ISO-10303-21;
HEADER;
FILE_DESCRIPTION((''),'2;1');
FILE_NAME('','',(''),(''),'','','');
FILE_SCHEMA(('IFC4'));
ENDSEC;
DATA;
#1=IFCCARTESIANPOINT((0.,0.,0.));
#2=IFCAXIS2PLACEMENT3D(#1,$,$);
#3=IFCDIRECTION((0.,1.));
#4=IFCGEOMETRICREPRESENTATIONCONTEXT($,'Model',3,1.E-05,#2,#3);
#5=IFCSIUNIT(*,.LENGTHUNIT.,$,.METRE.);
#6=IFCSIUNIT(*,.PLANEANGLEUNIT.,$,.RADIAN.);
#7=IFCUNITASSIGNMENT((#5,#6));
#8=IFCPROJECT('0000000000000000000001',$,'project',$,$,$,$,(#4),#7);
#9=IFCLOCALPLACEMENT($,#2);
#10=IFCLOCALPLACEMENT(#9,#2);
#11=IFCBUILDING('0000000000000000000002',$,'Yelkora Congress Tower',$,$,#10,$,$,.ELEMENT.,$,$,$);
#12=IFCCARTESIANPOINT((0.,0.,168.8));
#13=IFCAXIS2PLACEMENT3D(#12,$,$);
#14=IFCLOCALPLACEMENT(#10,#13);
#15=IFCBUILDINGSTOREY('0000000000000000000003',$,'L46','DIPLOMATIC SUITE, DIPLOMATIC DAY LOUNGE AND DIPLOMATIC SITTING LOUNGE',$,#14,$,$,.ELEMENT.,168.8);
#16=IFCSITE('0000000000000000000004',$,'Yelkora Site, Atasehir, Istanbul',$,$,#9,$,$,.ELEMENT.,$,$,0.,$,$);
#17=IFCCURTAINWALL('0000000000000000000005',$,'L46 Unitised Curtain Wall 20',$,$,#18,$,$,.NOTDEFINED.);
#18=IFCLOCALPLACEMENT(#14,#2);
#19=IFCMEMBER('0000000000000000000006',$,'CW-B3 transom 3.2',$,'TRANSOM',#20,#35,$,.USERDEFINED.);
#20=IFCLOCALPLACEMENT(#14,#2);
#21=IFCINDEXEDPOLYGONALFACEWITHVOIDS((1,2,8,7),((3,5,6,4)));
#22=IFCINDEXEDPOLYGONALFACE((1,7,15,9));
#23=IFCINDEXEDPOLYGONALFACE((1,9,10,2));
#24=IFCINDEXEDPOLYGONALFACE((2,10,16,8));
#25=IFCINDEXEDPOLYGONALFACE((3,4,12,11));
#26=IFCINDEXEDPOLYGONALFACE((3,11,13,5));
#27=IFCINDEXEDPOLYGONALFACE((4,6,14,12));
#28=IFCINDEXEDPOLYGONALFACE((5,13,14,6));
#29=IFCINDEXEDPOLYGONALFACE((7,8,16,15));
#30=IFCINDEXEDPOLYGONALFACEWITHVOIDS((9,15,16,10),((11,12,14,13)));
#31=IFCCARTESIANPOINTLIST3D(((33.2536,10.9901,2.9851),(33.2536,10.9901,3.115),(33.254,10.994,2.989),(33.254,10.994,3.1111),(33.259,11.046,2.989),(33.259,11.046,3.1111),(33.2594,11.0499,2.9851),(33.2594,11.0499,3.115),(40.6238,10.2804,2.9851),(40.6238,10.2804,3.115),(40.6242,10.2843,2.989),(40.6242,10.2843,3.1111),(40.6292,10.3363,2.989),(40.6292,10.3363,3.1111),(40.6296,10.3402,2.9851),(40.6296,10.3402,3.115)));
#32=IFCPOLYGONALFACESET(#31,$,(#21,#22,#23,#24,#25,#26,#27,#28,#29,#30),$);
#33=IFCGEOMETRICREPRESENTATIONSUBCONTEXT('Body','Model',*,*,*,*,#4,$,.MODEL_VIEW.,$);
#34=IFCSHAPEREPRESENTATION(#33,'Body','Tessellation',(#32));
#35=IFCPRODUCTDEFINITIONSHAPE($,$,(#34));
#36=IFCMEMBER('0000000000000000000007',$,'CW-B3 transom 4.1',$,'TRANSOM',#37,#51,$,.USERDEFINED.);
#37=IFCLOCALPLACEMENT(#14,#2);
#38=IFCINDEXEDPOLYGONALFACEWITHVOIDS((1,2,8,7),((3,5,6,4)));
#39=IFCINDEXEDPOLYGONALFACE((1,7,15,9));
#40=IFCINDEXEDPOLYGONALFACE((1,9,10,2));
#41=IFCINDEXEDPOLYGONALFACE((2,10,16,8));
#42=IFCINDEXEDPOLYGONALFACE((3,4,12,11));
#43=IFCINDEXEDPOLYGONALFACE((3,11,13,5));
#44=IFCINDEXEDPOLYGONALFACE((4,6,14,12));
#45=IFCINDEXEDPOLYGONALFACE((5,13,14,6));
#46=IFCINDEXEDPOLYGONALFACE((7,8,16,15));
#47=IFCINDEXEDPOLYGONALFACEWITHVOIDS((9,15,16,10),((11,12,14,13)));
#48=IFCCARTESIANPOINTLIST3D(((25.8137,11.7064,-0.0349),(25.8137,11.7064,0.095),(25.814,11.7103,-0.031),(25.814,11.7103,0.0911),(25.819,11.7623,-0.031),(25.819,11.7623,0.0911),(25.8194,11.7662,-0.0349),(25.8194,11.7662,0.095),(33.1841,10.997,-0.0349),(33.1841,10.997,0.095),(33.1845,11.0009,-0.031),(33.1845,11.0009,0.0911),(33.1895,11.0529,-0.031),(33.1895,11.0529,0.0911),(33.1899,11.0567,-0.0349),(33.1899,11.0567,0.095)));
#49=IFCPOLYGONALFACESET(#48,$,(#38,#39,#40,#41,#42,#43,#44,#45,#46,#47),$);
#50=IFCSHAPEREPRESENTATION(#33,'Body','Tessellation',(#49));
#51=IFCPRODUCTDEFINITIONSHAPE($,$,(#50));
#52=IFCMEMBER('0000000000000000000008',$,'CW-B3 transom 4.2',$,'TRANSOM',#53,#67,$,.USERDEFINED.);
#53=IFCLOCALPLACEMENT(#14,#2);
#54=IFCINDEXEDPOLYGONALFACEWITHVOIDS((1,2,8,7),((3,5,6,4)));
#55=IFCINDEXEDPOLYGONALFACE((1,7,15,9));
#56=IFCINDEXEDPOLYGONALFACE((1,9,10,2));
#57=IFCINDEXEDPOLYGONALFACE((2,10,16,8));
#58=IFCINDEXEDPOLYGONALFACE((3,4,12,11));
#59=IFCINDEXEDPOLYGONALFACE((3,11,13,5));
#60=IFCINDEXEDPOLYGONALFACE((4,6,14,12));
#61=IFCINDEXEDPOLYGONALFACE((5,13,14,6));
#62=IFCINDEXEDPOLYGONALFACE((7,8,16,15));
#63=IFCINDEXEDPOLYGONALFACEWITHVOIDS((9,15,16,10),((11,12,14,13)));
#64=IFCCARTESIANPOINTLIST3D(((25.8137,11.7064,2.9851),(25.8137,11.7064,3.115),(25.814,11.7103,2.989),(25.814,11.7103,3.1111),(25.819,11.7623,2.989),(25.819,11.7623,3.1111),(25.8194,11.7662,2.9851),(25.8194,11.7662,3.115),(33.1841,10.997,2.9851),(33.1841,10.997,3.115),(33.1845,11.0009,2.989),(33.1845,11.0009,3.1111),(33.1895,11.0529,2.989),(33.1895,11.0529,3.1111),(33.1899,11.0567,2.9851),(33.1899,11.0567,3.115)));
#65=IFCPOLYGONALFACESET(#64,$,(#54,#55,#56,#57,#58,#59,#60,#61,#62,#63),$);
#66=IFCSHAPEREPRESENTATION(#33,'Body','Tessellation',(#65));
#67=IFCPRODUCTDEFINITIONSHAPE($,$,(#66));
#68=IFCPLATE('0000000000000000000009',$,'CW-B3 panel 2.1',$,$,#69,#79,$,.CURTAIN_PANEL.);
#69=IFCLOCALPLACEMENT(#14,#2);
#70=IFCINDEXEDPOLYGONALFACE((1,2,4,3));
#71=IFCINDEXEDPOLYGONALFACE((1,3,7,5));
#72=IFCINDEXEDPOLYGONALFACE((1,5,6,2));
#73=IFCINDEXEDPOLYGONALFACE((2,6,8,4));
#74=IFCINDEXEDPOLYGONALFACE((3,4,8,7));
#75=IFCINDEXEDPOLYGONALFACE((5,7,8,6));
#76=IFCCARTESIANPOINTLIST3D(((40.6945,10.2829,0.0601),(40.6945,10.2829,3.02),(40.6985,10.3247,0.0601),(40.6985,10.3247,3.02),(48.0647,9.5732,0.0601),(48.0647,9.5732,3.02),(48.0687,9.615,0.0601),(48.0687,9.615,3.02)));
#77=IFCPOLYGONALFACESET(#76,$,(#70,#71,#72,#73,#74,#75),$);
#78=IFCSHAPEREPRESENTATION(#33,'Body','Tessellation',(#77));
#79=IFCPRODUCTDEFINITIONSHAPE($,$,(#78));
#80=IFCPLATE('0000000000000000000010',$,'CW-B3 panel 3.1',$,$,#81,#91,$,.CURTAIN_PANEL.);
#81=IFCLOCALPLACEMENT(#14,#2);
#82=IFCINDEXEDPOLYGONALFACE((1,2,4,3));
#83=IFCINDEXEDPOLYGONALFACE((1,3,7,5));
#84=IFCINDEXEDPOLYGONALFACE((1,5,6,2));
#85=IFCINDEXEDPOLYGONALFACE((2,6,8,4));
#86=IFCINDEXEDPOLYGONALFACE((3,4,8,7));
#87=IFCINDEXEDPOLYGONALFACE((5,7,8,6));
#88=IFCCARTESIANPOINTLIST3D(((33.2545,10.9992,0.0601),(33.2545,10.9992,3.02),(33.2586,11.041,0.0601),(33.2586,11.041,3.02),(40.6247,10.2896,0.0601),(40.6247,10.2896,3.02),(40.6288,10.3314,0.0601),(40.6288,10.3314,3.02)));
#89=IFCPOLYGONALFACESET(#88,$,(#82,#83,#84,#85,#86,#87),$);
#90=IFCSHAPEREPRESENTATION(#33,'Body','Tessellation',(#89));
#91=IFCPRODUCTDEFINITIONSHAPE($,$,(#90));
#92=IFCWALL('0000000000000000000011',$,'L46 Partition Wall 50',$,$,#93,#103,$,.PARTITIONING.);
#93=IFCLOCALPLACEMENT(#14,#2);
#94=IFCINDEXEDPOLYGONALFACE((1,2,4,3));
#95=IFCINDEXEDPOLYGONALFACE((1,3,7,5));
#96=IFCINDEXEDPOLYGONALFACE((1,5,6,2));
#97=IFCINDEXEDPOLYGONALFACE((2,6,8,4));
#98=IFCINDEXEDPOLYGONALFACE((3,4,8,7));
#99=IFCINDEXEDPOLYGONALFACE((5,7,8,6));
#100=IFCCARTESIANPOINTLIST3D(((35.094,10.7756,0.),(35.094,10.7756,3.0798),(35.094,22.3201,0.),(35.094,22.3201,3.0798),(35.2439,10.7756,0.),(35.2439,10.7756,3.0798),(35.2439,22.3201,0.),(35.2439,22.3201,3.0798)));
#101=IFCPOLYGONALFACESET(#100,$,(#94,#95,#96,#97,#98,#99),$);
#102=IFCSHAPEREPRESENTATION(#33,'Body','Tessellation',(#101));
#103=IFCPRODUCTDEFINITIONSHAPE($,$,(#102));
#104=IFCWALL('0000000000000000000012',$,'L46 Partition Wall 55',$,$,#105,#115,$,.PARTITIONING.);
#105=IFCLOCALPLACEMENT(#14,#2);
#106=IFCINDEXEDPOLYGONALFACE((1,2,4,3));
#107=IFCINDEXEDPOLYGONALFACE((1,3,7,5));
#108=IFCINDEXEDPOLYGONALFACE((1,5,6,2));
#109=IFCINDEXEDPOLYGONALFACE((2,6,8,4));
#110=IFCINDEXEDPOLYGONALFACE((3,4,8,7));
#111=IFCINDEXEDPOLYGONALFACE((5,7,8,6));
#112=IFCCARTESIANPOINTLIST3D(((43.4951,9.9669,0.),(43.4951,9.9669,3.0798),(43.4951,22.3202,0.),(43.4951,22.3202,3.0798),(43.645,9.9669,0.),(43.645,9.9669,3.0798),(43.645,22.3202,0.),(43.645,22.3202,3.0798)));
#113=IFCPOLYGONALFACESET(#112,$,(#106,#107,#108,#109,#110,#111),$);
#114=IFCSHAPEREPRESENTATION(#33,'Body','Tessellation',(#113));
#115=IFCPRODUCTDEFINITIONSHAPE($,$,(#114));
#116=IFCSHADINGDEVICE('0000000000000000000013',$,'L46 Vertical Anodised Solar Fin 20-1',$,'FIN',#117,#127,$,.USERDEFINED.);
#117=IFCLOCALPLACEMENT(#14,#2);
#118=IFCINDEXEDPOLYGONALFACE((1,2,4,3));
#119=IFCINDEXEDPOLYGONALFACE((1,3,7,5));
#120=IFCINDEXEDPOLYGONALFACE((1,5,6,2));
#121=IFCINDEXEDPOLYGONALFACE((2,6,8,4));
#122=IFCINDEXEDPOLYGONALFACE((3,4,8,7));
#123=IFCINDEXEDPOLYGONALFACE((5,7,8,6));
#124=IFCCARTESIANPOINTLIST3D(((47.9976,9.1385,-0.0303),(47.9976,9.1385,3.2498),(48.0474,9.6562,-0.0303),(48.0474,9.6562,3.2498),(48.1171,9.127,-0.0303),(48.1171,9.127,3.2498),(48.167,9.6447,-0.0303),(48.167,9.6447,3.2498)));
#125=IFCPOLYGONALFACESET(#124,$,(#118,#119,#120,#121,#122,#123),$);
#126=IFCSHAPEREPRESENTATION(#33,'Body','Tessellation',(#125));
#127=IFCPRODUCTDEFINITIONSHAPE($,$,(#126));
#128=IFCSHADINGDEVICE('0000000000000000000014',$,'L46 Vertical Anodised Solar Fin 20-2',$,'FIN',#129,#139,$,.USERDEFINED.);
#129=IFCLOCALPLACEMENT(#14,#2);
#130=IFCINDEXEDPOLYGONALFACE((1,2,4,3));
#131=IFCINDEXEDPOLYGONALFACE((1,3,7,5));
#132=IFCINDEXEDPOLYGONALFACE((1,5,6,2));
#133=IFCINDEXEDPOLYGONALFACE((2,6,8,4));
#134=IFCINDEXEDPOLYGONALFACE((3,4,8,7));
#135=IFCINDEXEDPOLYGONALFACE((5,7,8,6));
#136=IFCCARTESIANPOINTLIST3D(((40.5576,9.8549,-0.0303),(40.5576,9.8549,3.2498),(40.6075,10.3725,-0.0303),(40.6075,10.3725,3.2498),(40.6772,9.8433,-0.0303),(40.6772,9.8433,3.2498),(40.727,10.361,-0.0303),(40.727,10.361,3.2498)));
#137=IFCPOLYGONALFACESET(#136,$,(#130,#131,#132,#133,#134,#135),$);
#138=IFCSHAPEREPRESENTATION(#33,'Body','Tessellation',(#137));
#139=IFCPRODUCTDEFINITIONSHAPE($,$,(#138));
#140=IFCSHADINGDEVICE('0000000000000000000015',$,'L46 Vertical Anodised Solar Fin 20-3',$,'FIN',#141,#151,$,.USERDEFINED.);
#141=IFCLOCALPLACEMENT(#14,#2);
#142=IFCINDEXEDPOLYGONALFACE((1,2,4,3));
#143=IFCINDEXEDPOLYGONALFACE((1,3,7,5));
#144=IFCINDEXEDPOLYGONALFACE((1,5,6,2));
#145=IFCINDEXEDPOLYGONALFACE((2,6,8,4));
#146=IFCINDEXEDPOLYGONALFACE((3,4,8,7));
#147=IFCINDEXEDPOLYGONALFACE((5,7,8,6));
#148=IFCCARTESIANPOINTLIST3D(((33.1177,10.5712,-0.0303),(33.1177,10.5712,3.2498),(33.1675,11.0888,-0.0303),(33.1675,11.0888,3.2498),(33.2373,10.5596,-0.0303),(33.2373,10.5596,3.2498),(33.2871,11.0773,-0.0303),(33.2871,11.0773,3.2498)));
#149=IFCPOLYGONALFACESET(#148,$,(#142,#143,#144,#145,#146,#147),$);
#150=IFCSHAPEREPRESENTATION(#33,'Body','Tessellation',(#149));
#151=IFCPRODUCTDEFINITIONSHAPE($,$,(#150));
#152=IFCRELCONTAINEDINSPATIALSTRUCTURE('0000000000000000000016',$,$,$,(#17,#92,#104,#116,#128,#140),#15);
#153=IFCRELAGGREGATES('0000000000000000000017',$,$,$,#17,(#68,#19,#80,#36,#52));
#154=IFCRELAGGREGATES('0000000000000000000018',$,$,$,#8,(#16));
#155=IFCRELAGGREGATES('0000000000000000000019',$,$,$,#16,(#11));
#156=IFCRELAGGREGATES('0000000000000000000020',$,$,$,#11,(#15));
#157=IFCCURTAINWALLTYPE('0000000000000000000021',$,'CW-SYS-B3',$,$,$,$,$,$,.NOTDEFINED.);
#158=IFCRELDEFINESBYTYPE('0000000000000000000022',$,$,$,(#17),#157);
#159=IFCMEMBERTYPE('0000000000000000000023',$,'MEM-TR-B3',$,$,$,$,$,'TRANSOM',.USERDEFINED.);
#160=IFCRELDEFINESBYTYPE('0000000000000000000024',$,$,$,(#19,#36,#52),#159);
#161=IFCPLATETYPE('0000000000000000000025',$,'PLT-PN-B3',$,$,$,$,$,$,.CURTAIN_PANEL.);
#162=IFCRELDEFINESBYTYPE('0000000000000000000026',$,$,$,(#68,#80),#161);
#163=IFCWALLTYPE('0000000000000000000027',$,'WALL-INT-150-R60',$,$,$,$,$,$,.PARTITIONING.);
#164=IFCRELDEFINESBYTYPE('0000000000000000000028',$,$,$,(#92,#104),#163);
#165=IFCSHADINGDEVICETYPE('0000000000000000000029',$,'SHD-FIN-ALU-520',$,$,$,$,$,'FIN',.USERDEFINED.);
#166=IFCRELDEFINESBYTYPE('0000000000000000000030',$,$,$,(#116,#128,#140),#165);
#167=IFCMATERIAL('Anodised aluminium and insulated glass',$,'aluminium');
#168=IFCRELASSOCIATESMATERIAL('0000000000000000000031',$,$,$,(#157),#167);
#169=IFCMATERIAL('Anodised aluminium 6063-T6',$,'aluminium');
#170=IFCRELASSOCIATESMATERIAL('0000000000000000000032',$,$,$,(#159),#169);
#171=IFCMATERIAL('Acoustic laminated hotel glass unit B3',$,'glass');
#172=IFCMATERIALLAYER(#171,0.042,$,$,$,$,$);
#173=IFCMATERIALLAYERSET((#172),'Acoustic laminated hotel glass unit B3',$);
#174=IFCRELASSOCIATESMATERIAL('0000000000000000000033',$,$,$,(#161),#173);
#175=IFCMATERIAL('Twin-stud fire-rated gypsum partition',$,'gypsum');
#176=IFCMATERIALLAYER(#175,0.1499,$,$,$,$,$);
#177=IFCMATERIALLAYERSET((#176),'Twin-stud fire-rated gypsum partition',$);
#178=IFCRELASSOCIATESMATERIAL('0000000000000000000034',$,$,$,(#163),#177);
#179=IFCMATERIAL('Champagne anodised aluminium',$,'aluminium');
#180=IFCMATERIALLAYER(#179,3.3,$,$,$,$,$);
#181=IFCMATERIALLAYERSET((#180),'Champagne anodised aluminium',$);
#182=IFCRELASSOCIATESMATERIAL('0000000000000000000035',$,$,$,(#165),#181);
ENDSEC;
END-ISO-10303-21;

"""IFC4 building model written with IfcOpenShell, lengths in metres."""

from ifc_helpers import new_model, si_unit, direction, frame, frame_2d, origin, origin_2d, place, context, subcontext, project, spatial, rectangle, hollow_rectangle, extrude, material, layer, layer_set, material_profile, profile_set, type_object, element, aggregate, save


model = new_model("IFC4")

# Units and contexts
model_context = context("Model", 3, precision=1e-05, world=origin(), true_north=direction((0.0, 1.0)))
body_context = subcontext(model_context, "Body", "Model", "MODEL_VIEW")
ifc_project = project(units=[si_unit("LENGTHUNIT", "METRE"), si_unit("PLANEANGLEUNIT", "RADIAN")], contexts=[model_context])

# Site, building, storey
site_placement = place(None, origin())
site = spatial("IfcSite", under=ifc_project, at=site_placement, Name="Yelkora Site, Atasehir, Istanbul", CompositionType="ELEMENT", RefElevation=0.0)
building_placement = place(site_placement, origin())
building = spatial("IfcBuilding", under=site, at=building_placement, Name="Yelkora Congress Tower", CompositionType="ELEMENT")
storey_placement = place(building_placement, frame((0.0, 0.0, 168.8)))
storey = spatial("IfcBuildingStorey", under=building, at=storey_placement, Name="L46", Description="DIPLOMATIC SUITE, DIPLOMATIC DAY LOUNGE AND DIPLOMATIC SITTING LOUNGE", CompositionType="ELEMENT", Elevation=168.8)

# Curtain wall, members, plates
ifc_material_1 = material(Name="Anodised aluminium and insulated glass", Category="aluminium")
curtain_wall_type = type_object("IfcCurtainWallType", Name="CW-SYS-B3", PredefinedType="NOTDEFINED", material=ifc_material_1)
curtain_wall_placement = place(storey_placement, origin())
curtain_wall = element("IfcCurtainWall", 1, at=curtain_wall_placement, inside=storey, type_object=curtain_wall_type, Name="L46 Unitised Curtain Wall 20", PredefinedType="NOTDEFINED")
ifc_material_2 = material(Name="Anodised aluminium 6063-T6", Category="aluminium")
ifc_material_profile_1 = material_profile(ifc_material_2, hollow_rectangle(XDim=0.0601, YDim=0.1299, WallThickness=0.0039, at=origin_2d()), Name="ALU 60x130x4")
ifc_profile_set_1 = profile_set([ifc_material_profile_1], Name="Anodised aluminium 6063-T6")
member_type_1 = type_object("IfcMemberType", Name="MEM-TR-B3", ElementType="TRANSOM", PredefinedType="USERDEFINED", material=ifc_profile_set_1)
member_1_placement = place(storey_placement, frame((40.6267, 10.3103, 3.05), z_axis=(-0.995395, 0.095853, 0.0), x_axis=(-0.095853, -0.995395, 0.0)))
member_1 = element("IfcMember", 2, at=member_1_placement, type_object=member_type_1, Name="CW-B3 transom 3.2", ObjectType="TRANSOM", PredefinedType="USERDEFINED", context=body_context, shape_type="SweptSolid", body=[
    extrude(hollow_rectangle(XDim=0.0601, YDim=0.1299, WallThickness=0.0039, at=origin_2d()), origin(), (0.0, 0.0, 1.0), 7.4043),
])
member_2_placement = place(storey_placement, frame((33.187, 11.0269, 0.03), z_axis=(-0.995399, 0.095817, 0.0), x_axis=(-0.095817, -0.995399, 0.0)))
member_2 = element("IfcMember", 3, at=member_2_placement, type_object=member_type_1, Name="CW-B3 transom 4.1", ObjectType="TRANSOM", PredefinedType="USERDEFINED", context=body_context, shape_type="SweptSolid", body=[
    extrude(hollow_rectangle(XDim=0.0601, YDim=0.1299, WallThickness=0.0039, at=origin_2d()), origin(), (0.0, 0.0, 1.0), 7.4045),
])
member_3_placement = place(storey_placement, frame((33.187, 11.0269, 3.05), z_axis=(-0.995399, 0.095817, 0.0), x_axis=(-0.095817, -0.995399, 0.0)))
member_3 = element("IfcMember", 4, at=member_3_placement, type_object=member_type_1, Name="CW-B3 transom 4.2", ObjectType="TRANSOM", PredefinedType="USERDEFINED", context=body_context, shape_type="SweptSolid", body=[
    extrude(hollow_rectangle(XDim=0.0601, YDim=0.1299, WallThickness=0.0039, at=origin_2d()), origin(), (0.0, 0.0, 1.0), 7.4045),
])
ifc_material_3 = material(Name="Acoustic laminated hotel glass unit B3", Category="glass")
ifc_layer_1 = layer(ifc_material_3, 0.042)
ifc_layer_set_1 = layer_set([ifc_layer_1], Name="Acoustic laminated hotel glass unit B3")
plate_type = type_object("IfcPlateType", Name="PLT-PN-B3", PredefinedType="CURTAIN_PANEL", material=ifc_layer_set_1)
plate_1_placement = place(storey_placement, frame((44.3816, 9.949, 0.0601), z_axis=(0.0, 0.0, 1.0), x_axis=(-0.995396, 0.095845, 0.0)))
plate_1 = element("IfcPlate", 5, at=plate_1_placement, type_object=plate_type, Name="CW-B3 panel 2.1", PredefinedType="CURTAIN_PANEL", context=body_context, shape_type="SweptSolid", body=[
    extrude(rectangle(XDim=7.4043, YDim=0.042, at=origin_2d()), origin(), (0.0, 0.0, 1.0), 2.96),
])
plate_2_placement = place(storey_placement, frame((36.9417, 10.6653, 0.0601), z_axis=(0.0, 0.0, 1.0), x_axis=(-0.995396, 0.095845, 0.0)))
plate_2 = element("IfcPlate", 6, at=plate_2_placement, type_object=plate_type, Name="CW-B3 panel 3.1", PredefinedType="CURTAIN_PANEL", context=body_context, shape_type="SweptSolid", body=[
    extrude(rectangle(XDim=7.4043, YDim=0.042, at=origin_2d()), origin(), (0.0, 0.0, 1.0), 2.96),
])
aggregate(curtain_wall, [plate_1, member_1, plate_2, member_2, member_3])

# Walls
ifc_material_4 = material(Name="Twin-stud fire-rated gypsum partition", Category="gypsum")
ifc_layer_2 = layer(ifc_material_4, 0.1499)
ifc_layer_set_2 = layer_set([ifc_layer_2], Name="Twin-stud fire-rated gypsum partition")
wall_type = type_object("IfcWallType", Name="WALL-INT-150-R60", PredefinedType="PARTITIONING", material=ifc_layer_set_2)
wall_1_placement = place(storey_placement, frame((35.1689, 10.7756, 0.0), z_axis=(0.0, 0.0, 1.0), x_axis=(0.0, 1.0, 0.0)))
element("IfcWall", 7, at=wall_1_placement, inside=storey, type_object=wall_type, Name="L46 Partition Wall 50", PredefinedType="PARTITIONING", context=body_context, shape_type="SweptSolid", body=[
    extrude(rectangle(XDim=11.5444, YDim=0.1499, at=frame_2d((5.7722, 0.0))), origin(), (0.0, 0.0, 1.0), 3.0798),
])
wall_2_placement = place(storey_placement, frame((43.5701, 9.9668, 0.0), z_axis=(0.0, 0.0, 1.0), x_axis=(0.0, 1.0, 0.0)))
element("IfcWall", 8, at=wall_2_placement, inside=storey, type_object=wall_type, Name="L46 Partition Wall 55", PredefinedType="PARTITIONING", context=body_context, shape_type="SweptSolid", body=[
    extrude(rectangle(XDim=12.3533, YDim=0.1499, at=frame_2d((6.1768, 0.0))), origin(), (0.0, 0.0, 1.0), 3.0798),
])

# Shading devices
ifc_material_5 = material(Name="Champagne anodised aluminium", Category="aluminium")
ifc_layer_3 = layer(ifc_material_5, 3.3)
ifc_layer_set_3 = layer_set([ifc_layer_3], Name="Champagne anodised aluminium")
shading_device_type = type_object("IfcShadingDeviceType", Name="SHD-FIN-ALU-520", ElementType="FIN", PredefinedType="USERDEFINED", material=ifc_layer_set_3)
for number, where, z_axis, x_axis, name in (
    (9, (48.0823, 9.3916, -0.0303), (0.0, 0.0, 1.0), (-0.995396, 0.095846, 0.0), "L46 Vertical Anodised Solar Fin 20-1"),
    (10, (40.6423, 10.1079, -0.0303), (0.0, 0.0, 1.0), (-0.995396, 0.095846, 0.0), "L46 Vertical Anodised Solar Fin 20-2"),
    (11, (33.2024, 10.8242, -0.0303), (0.0, 0.0, 1.0), (-0.995396, 0.095846, 0.0), "L46 Vertical Anodised Solar Fin 20-3"),
):
    element("IfcShadingDevice", number, at=place(storey_placement, frame(where, z_axis=z_axis, x_axis=x_axis)), inside=storey, type_object=shading_device_type, Name=name, ObjectType="FIN", PredefinedType="USERDEFINED", context=body_context, shape_type="SweptSolid", body=[
        extrude(rectangle(XDim=0.1201, YDim=0.52, at=origin_2d()), origin(), (0.0, 0.0, 1.0), 3.28),
    ])

save(model, "model.ifc")
